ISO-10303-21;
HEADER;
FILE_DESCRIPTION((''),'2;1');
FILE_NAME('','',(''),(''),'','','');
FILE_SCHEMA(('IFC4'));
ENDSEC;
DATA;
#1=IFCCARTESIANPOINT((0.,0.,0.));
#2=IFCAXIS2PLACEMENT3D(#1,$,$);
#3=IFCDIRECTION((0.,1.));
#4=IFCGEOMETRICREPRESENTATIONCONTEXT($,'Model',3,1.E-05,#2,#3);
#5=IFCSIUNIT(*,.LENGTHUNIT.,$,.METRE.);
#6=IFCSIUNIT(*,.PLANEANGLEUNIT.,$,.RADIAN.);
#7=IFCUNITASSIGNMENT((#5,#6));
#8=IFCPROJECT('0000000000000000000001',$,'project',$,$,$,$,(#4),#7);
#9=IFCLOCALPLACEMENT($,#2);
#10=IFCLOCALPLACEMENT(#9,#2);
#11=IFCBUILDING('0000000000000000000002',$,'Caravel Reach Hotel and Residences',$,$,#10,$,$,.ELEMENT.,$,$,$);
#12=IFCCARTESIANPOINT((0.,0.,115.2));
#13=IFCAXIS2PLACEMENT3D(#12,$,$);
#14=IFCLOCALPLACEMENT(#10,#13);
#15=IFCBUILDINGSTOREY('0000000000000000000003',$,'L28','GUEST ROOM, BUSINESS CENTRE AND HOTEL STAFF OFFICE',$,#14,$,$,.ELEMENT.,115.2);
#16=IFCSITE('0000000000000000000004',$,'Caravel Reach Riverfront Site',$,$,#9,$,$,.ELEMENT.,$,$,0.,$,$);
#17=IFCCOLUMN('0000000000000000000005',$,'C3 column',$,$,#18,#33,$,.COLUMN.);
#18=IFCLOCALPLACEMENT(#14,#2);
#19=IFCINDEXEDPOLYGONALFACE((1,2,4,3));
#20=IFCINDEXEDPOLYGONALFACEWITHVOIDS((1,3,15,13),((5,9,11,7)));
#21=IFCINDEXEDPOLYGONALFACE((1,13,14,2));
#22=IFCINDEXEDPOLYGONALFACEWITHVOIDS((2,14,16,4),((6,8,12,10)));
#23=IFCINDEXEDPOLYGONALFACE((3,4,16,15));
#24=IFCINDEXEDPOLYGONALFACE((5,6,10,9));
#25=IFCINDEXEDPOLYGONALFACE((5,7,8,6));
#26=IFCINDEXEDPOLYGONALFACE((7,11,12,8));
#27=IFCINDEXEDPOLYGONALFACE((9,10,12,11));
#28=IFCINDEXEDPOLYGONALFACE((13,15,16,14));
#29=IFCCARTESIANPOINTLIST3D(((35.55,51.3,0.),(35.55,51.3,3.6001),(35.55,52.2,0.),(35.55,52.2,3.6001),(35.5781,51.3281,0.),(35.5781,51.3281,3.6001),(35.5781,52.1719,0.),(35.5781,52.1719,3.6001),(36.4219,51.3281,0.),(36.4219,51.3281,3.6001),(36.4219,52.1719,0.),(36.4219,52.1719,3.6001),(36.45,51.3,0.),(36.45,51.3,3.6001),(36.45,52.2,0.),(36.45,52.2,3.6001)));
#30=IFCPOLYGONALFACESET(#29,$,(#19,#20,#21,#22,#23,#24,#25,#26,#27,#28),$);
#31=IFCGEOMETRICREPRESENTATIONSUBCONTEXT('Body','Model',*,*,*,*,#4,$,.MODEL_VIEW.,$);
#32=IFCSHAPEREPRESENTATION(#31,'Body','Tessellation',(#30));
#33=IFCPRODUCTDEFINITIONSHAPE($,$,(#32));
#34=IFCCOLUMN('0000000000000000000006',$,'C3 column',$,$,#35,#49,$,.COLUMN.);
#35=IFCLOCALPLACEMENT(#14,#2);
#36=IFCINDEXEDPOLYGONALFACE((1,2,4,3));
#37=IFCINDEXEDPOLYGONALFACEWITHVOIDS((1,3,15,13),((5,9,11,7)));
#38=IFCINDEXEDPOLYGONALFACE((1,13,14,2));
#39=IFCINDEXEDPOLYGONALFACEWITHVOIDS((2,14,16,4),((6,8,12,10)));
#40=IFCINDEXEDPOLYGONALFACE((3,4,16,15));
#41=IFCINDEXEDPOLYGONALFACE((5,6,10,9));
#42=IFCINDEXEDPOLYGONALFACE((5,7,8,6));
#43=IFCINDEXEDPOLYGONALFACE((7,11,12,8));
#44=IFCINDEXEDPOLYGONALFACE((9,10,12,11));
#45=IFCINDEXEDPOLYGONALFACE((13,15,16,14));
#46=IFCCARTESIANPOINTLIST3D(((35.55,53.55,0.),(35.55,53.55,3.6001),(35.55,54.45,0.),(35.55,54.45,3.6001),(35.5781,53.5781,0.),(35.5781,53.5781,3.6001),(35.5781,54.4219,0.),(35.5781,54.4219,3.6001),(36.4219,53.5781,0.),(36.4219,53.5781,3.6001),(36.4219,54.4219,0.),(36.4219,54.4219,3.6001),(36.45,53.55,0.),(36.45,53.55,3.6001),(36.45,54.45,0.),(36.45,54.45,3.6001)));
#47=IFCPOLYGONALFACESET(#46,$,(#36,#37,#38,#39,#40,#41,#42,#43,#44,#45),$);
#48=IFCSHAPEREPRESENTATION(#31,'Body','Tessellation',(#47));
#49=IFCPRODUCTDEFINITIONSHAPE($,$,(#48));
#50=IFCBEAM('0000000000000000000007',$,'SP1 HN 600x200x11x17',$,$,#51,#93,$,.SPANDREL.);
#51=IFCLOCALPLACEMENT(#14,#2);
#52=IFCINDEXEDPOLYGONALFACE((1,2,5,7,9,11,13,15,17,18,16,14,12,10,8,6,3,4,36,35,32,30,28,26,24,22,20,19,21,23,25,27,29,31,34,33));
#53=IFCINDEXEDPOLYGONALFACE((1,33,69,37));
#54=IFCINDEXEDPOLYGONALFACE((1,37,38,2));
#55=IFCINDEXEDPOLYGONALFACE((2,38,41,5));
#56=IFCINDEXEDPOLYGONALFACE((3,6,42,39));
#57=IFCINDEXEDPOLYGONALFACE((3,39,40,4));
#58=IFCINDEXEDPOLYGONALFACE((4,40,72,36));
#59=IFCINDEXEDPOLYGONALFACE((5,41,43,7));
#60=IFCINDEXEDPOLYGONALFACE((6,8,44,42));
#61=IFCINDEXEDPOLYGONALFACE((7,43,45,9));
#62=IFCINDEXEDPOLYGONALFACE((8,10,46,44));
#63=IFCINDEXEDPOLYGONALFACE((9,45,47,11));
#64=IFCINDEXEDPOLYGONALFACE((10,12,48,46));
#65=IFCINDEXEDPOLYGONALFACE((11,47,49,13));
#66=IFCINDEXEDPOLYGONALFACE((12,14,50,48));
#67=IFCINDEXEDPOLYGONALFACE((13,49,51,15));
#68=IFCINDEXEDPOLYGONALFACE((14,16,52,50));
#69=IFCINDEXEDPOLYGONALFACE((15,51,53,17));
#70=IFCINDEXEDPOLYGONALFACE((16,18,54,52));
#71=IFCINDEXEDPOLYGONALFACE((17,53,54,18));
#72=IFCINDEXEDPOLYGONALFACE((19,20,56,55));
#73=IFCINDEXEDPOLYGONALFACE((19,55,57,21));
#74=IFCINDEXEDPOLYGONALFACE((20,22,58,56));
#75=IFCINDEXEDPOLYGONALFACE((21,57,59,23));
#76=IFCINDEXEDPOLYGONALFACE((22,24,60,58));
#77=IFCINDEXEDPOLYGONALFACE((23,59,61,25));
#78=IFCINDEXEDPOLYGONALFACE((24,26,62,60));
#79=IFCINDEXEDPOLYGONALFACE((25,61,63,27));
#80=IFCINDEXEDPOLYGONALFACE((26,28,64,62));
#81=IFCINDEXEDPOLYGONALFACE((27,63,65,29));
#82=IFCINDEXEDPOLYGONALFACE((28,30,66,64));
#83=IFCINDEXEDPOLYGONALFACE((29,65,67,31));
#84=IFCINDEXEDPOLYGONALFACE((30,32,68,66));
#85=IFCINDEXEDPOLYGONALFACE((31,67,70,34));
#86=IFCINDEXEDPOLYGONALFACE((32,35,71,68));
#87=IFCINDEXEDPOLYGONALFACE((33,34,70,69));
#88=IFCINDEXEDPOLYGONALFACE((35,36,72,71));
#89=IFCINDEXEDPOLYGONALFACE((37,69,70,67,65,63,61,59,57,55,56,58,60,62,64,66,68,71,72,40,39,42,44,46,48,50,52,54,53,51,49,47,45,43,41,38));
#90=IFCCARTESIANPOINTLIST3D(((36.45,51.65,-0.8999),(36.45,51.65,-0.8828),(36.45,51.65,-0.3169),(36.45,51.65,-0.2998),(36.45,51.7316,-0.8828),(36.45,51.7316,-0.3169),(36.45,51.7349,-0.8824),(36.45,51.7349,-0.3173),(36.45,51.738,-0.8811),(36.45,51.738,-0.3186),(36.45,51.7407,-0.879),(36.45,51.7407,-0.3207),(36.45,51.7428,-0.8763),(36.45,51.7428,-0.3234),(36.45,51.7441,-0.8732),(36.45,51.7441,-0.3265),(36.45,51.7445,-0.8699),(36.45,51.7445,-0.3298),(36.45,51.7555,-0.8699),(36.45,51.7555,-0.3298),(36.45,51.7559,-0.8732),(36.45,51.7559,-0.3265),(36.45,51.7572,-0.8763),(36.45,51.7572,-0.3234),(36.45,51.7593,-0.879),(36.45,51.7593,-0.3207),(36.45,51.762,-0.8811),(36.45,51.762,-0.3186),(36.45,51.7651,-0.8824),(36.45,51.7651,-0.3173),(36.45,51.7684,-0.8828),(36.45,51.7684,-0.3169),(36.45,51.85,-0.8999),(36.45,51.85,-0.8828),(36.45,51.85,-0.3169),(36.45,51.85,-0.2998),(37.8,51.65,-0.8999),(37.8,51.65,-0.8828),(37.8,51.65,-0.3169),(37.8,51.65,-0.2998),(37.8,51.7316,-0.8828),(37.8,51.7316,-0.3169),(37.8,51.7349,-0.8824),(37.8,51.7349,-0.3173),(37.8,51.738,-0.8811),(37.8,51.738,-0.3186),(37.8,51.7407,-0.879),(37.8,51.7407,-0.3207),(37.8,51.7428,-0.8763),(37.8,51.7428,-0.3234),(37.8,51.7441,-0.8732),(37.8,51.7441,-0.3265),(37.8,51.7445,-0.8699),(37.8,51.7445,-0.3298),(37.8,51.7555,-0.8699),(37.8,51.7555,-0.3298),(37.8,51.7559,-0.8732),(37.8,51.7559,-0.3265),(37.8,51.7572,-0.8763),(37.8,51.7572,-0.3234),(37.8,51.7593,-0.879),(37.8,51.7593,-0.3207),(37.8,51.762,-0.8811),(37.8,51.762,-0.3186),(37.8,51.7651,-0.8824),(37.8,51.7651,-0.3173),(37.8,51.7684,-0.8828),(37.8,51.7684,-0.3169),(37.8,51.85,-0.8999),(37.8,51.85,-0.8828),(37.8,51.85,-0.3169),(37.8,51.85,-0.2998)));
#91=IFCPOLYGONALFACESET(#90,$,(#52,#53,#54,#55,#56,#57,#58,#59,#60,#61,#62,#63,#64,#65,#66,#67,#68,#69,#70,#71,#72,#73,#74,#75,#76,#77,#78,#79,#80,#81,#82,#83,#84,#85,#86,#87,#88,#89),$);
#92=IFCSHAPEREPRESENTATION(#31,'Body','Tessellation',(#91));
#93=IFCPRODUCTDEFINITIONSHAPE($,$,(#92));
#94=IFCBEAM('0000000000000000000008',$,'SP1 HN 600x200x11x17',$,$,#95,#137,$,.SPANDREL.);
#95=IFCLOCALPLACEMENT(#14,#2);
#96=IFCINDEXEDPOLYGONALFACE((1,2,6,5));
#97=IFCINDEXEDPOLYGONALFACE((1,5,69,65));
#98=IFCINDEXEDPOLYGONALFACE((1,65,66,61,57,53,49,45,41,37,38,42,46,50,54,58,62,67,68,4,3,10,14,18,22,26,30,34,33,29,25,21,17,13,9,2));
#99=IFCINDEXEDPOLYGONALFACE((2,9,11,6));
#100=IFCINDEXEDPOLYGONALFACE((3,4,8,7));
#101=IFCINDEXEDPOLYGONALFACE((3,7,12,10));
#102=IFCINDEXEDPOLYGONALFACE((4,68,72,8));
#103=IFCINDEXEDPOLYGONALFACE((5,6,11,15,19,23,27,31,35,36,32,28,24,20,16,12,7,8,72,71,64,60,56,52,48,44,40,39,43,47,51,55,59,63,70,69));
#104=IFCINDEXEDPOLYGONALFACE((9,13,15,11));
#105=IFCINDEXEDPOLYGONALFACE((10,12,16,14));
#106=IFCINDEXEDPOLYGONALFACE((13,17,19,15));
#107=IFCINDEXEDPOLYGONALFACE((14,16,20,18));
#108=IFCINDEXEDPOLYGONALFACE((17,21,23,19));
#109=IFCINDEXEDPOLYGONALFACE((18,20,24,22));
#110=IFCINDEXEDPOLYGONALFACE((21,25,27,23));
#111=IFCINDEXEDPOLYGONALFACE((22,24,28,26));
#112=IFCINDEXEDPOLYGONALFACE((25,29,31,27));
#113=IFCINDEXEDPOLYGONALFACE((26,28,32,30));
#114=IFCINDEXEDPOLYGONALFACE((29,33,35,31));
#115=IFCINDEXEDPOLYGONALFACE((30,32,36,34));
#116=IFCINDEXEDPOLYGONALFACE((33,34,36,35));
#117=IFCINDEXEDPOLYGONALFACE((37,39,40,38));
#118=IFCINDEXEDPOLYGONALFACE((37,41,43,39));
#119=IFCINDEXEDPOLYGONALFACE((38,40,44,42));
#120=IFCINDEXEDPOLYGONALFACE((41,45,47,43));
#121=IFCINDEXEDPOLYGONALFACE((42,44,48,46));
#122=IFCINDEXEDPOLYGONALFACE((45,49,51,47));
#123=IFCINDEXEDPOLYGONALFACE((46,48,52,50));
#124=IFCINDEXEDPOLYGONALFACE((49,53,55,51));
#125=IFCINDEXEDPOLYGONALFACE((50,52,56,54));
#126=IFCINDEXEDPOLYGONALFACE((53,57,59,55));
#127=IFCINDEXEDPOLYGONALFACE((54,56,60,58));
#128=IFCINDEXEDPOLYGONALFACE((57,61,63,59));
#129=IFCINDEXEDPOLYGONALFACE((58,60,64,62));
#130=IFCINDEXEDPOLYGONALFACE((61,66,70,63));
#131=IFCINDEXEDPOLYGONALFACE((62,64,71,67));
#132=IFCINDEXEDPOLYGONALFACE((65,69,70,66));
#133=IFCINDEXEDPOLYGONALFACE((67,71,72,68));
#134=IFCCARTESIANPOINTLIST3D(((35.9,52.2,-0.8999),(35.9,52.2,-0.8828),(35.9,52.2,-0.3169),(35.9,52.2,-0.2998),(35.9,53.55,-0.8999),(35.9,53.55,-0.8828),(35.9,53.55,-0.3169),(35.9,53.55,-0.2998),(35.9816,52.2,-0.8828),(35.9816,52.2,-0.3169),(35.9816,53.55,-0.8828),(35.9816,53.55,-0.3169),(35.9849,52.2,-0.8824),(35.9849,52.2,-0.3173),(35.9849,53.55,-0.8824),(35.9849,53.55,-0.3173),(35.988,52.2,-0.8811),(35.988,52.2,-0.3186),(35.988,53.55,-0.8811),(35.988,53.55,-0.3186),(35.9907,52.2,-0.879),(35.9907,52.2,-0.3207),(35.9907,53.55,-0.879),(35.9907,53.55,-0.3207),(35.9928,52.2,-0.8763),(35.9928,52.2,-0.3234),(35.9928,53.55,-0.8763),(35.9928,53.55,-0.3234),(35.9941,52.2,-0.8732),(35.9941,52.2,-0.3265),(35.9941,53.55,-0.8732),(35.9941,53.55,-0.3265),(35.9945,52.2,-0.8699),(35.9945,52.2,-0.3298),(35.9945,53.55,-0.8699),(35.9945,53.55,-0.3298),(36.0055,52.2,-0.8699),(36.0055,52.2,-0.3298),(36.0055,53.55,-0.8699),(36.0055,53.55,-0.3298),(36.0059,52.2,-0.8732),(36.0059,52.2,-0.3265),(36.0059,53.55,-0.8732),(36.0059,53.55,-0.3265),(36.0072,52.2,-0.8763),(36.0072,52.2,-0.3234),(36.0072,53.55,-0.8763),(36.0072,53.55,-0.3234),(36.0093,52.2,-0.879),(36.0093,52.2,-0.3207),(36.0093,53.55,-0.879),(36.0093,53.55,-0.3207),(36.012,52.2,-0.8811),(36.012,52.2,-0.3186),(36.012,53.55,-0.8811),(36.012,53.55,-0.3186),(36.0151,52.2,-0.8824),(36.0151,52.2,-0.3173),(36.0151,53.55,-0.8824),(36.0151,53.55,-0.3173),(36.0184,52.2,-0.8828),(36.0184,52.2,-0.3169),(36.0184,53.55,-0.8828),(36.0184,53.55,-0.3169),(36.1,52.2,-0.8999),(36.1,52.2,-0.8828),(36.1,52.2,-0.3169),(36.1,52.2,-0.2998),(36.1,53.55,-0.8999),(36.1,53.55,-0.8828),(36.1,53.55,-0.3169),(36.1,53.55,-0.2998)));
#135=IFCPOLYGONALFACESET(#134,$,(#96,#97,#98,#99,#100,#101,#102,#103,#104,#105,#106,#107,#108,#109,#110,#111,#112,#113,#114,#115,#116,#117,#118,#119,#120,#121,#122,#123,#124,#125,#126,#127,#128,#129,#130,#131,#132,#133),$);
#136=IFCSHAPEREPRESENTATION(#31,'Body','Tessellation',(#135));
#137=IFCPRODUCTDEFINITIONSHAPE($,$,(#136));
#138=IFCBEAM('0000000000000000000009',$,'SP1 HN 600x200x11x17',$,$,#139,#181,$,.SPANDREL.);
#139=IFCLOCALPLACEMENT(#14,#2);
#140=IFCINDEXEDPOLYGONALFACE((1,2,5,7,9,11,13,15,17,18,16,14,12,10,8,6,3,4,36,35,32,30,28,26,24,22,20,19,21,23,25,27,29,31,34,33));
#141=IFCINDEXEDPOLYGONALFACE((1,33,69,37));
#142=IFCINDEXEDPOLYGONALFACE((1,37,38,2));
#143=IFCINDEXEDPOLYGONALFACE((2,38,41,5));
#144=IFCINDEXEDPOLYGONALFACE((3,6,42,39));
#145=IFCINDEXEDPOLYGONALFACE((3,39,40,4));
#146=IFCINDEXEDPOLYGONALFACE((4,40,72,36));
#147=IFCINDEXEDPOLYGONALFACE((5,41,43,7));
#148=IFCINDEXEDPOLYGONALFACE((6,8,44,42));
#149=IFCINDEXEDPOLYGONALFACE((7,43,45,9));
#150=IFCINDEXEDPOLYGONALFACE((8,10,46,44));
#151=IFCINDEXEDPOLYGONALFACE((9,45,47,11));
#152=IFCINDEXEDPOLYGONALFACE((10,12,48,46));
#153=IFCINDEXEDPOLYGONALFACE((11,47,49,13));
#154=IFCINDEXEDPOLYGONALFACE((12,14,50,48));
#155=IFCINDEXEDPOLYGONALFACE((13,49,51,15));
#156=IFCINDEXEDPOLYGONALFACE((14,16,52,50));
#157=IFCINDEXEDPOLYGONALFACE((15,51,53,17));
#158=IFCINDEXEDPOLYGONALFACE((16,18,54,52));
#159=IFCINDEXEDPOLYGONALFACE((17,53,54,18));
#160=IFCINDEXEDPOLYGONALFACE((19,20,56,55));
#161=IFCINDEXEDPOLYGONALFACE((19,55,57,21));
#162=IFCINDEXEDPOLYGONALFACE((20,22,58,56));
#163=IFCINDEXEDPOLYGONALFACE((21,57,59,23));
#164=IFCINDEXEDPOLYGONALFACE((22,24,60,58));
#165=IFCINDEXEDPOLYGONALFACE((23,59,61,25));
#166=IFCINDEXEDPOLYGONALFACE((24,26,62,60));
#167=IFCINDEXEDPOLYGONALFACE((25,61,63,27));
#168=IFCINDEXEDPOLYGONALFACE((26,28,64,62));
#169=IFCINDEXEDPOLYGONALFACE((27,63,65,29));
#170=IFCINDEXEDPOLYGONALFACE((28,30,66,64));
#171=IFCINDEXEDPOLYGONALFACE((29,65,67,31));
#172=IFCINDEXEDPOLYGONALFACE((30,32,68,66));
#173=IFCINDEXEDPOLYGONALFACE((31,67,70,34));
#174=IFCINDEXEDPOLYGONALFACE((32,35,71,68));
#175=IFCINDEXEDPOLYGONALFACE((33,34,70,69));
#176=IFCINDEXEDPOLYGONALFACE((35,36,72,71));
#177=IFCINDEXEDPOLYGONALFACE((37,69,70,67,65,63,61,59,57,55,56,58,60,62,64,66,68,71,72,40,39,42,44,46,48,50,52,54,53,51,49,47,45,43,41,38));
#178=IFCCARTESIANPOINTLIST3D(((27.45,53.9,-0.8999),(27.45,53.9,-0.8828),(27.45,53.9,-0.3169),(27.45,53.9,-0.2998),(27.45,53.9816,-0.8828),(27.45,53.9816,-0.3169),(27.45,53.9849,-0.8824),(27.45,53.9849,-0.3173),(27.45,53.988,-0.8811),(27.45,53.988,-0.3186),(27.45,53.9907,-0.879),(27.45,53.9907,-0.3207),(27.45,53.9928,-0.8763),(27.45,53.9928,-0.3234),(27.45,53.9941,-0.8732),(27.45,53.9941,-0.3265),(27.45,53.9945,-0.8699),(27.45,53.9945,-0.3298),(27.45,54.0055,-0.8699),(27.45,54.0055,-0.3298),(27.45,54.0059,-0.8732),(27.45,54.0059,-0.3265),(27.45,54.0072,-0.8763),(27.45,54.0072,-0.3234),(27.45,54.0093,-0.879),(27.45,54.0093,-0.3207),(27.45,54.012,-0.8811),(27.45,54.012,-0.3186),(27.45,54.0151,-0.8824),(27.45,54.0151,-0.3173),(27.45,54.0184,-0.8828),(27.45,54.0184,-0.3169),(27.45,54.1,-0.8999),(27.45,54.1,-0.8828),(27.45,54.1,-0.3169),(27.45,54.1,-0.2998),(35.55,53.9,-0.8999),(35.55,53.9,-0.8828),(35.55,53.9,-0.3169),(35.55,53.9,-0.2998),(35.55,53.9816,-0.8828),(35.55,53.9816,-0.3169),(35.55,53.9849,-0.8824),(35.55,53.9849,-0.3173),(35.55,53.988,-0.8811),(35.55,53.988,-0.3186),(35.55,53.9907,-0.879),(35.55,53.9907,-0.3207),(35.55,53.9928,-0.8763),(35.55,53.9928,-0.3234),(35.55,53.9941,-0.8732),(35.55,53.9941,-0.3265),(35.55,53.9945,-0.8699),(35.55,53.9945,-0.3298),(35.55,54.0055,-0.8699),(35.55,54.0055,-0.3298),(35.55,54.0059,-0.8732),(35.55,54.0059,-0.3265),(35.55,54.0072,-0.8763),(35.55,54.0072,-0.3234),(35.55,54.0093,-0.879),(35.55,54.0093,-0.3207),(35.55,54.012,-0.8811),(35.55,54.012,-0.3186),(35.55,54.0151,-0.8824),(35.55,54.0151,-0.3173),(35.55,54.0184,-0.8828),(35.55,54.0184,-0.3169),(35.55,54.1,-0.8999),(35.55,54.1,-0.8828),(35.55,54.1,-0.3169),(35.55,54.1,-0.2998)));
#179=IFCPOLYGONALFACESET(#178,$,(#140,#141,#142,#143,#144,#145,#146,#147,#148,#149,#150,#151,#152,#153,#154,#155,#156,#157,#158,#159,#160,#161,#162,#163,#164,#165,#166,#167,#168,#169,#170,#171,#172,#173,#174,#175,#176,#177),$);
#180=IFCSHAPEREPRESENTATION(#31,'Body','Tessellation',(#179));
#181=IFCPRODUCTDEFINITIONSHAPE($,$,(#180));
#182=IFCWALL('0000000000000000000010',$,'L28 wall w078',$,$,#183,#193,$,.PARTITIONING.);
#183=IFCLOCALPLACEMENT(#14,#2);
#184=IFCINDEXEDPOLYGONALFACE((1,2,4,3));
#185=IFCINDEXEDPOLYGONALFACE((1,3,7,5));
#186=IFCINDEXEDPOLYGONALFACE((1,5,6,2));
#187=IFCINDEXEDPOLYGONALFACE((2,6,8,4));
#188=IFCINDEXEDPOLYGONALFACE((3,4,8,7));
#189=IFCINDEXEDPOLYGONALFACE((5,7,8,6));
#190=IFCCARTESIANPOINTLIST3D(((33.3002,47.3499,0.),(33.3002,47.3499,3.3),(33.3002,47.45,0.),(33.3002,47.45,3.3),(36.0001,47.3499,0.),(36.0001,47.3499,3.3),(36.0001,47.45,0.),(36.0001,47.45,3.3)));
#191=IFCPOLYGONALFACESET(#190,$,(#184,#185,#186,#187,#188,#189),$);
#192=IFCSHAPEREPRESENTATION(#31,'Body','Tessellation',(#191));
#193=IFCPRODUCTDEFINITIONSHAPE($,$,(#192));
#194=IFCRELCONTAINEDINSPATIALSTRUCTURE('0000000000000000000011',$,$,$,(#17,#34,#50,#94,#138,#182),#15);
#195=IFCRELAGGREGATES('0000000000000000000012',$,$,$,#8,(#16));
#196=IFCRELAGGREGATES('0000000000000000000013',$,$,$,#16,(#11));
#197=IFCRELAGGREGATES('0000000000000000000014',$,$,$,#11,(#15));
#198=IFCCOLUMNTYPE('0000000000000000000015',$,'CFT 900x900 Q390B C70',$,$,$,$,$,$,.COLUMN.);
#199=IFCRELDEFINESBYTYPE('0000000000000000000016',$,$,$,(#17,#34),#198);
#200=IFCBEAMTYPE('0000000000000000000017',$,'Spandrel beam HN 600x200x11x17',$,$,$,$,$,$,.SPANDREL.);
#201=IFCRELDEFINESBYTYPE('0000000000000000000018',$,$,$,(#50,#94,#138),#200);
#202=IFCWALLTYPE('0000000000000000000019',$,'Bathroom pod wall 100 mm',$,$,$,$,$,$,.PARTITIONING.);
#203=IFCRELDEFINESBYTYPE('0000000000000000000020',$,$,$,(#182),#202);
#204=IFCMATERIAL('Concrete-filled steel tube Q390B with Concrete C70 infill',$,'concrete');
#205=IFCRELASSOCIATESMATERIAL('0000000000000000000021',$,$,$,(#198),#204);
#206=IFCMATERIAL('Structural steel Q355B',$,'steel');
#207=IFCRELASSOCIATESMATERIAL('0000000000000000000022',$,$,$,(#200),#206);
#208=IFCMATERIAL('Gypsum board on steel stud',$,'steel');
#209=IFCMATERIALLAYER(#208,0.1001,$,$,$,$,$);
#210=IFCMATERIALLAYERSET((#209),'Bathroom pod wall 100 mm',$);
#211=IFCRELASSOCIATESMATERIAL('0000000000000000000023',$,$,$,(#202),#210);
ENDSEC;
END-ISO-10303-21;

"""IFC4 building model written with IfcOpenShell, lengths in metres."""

from ifc_helpers import new_model, si_unit, direction, frame, frame_2d, origin, origin_2d, place, context, subcontext, project, spatial, rectangle, hollow_rectangle, i_section, extrude, material, layer, layer_set, material_profile, profile_set, type_object, element, save


model = new_model("IFC4")

# Units and contexts
model_context = context("Model", 3, precision=1e-05, world=origin(), true_north=direction((0.0, 1.0)))
body_context = subcontext(model_context, "Body", "Model", "MODEL_VIEW")
ifc_project = project(units=[si_unit("LENGTHUNIT", "METRE"), si_unit("PLANEANGLEUNIT", "RADIAN")], contexts=[model_context])

# Site, building, storey
site_placement = place(None, origin())
site = spatial("IfcSite", under=ifc_project, at=site_placement, Name="Caravel Reach Riverfront Site", CompositionType="ELEMENT", RefElevation=0.0)
building_placement = place(site_placement, origin())
building = spatial("IfcBuilding", under=site, at=building_placement, Name="Caravel Reach Hotel and Residences", CompositionType="ELEMENT")
storey_placement = place(building_placement, frame((0.0, 0.0, 115.2)))
storey = spatial("IfcBuildingStorey", under=building, at=storey_placement, Name="L28", Description="GUEST ROOM, BUSINESS CENTRE AND HOTEL STAFF OFFICE", CompositionType="ELEMENT", Elevation=115.2)

# Columns
ifc_material_1 = material(Name="Concrete-filled steel tube Q390B with Concrete C70 infill", Category="concrete")
ifc_material_profile_1 = material_profile(ifc_material_1, hollow_rectangle(XDim=0.8999, YDim=0.8999, WallThickness=0.0281, at=origin_2d()), Name="RHS 900x900x28")
ifc_profile_set_1 = profile_set([ifc_material_profile_1], Name="Concrete-filled steel tube Q390B with Concrete C70 infill")
column_type = type_object("IfcColumnType", Name="CFT 900x900 Q390B C70", PredefinedType="COLUMN", material=ifc_profile_set_1)
for number, where, z_axis, x_axis, name in (
    (1, (36.0, 51.75, 0.0), (0.0, 0.0, 1.0), (1.0, 0.0, 0.0), "C3 column"),
    (2, (36.0, 54.0, 0.0), (0.0, 0.0, 1.0), (1.0, 0.0, 0.0), "C3 column"),
):
    element("IfcColumn", number, at=place(storey_placement, frame(where, z_axis=z_axis, x_axis=x_axis)), inside=storey, type_object=column_type, Name=name, PredefinedType="COLUMN", context=body_context, shape_type="SweptSolid", body=[
        extrude(hollow_rectangle(XDim=0.8999, YDim=0.8999, WallThickness=0.0281, at=origin_2d()), origin(), (0.0, 0.0, 1.0), 3.6001),
    ])

# Beams
ifc_material_2 = material(Name="Structural steel Q355B", Category="steel")
ifc_material_profile_2 = material_profile(ifc_material_2, i_section(OverallWidth=0.2, OverallDepth=0.6001, WebThickness=0.011, FlangeThickness=0.0171, FilletRadius=0.0129, at=origin_2d()), Name="HN 600x200x11x17")
ifc_profile_set_2 = profile_set([ifc_material_profile_2], Name="Structural steel Q355B")
beam_type = type_object("IfcBeamType", Name="Spandrel beam HN 600x200x11x17", PredefinedType="SPANDREL", material=ifc_profile_set_2)
for number, where, z_axis, x_axis, name in (
    (3, (37.8, 51.75, -0.5999), (-1.0, 0.0, 0.0), (0.0, -1.0, 0.0), "SP1 HN 600x200x11x17"),
    (4, (36.0, 52.2, -0.5999), (0.0, 1.0, 0.0), (-1.0, 0.0, 0.0), "SP1 HN 600x200x11x17"),
):
    element("IfcBeam", number, at=place(storey_placement, frame(where, z_axis=z_axis, x_axis=x_axis)), inside=storey, type_object=beam_type, Name=name, PredefinedType="SPANDREL", context=body_context, shape_type="SweptSolid", body=[
        extrude(i_section(OverallWidth=0.2, OverallDepth=0.6001, WebThickness=0.011, FlangeThickness=0.0171, FilletRadius=0.0129, at=origin_2d()), origin(), (0.0, 0.0, 1.0), 1.3501),
    ])
beam_placement = place(storey_placement, frame((35.55, 54.0, -0.5999), z_axis=(-1.0, 0.0, 0.0), x_axis=(0.0, -1.0, 0.0)))
element("IfcBeam", 5, at=beam_placement, inside=storey, type_object=beam_type, Name="SP1 HN 600x200x11x17", PredefinedType="SPANDREL", context=body_context, shape_type="SweptSolid", body=[
    extrude(i_section(OverallWidth=0.2, OverallDepth=0.6001, WebThickness=0.011, FlangeThickness=0.0171, FilletRadius=0.0129, at=origin_2d()), origin(), (0.0, 0.0, 1.0), 8.1001),
])

# Wall
ifc_material_3 = material(Name="Gypsum board on steel stud", Category="steel")
ifc_layer_1 = layer(ifc_material_3, 0.1001)
ifc_layer_set_1 = layer_set([ifc_layer_1], Name="Bathroom pod wall 100 mm")
wall_type_1 = type_object("IfcWallType", Name="Bathroom pod wall 100 mm", PredefinedType="PARTITIONING", material=ifc_layer_set_1)
wall_1_placement = place(storey_placement, frame((33.3, 47.3999, 0.0), z_axis=(0.0, 0.0, 1.0), x_axis=(1.0, 0.0, 0.0)))
element("IfcWall", 6, at=wall_1_placement, inside=storey, type_object=wall_type_1, Name="L28 wall w078", PredefinedType="PARTITIONING", context=body_context, shape_type="SweptSolid", body=[
    extrude(rectangle(XDim=2.7, YDim=0.1001, at=frame_2d((1.3501, 0.0))), origin(), (0.0, 0.0, 1.0), 3.3),
])

save(model, "model.ifc")
